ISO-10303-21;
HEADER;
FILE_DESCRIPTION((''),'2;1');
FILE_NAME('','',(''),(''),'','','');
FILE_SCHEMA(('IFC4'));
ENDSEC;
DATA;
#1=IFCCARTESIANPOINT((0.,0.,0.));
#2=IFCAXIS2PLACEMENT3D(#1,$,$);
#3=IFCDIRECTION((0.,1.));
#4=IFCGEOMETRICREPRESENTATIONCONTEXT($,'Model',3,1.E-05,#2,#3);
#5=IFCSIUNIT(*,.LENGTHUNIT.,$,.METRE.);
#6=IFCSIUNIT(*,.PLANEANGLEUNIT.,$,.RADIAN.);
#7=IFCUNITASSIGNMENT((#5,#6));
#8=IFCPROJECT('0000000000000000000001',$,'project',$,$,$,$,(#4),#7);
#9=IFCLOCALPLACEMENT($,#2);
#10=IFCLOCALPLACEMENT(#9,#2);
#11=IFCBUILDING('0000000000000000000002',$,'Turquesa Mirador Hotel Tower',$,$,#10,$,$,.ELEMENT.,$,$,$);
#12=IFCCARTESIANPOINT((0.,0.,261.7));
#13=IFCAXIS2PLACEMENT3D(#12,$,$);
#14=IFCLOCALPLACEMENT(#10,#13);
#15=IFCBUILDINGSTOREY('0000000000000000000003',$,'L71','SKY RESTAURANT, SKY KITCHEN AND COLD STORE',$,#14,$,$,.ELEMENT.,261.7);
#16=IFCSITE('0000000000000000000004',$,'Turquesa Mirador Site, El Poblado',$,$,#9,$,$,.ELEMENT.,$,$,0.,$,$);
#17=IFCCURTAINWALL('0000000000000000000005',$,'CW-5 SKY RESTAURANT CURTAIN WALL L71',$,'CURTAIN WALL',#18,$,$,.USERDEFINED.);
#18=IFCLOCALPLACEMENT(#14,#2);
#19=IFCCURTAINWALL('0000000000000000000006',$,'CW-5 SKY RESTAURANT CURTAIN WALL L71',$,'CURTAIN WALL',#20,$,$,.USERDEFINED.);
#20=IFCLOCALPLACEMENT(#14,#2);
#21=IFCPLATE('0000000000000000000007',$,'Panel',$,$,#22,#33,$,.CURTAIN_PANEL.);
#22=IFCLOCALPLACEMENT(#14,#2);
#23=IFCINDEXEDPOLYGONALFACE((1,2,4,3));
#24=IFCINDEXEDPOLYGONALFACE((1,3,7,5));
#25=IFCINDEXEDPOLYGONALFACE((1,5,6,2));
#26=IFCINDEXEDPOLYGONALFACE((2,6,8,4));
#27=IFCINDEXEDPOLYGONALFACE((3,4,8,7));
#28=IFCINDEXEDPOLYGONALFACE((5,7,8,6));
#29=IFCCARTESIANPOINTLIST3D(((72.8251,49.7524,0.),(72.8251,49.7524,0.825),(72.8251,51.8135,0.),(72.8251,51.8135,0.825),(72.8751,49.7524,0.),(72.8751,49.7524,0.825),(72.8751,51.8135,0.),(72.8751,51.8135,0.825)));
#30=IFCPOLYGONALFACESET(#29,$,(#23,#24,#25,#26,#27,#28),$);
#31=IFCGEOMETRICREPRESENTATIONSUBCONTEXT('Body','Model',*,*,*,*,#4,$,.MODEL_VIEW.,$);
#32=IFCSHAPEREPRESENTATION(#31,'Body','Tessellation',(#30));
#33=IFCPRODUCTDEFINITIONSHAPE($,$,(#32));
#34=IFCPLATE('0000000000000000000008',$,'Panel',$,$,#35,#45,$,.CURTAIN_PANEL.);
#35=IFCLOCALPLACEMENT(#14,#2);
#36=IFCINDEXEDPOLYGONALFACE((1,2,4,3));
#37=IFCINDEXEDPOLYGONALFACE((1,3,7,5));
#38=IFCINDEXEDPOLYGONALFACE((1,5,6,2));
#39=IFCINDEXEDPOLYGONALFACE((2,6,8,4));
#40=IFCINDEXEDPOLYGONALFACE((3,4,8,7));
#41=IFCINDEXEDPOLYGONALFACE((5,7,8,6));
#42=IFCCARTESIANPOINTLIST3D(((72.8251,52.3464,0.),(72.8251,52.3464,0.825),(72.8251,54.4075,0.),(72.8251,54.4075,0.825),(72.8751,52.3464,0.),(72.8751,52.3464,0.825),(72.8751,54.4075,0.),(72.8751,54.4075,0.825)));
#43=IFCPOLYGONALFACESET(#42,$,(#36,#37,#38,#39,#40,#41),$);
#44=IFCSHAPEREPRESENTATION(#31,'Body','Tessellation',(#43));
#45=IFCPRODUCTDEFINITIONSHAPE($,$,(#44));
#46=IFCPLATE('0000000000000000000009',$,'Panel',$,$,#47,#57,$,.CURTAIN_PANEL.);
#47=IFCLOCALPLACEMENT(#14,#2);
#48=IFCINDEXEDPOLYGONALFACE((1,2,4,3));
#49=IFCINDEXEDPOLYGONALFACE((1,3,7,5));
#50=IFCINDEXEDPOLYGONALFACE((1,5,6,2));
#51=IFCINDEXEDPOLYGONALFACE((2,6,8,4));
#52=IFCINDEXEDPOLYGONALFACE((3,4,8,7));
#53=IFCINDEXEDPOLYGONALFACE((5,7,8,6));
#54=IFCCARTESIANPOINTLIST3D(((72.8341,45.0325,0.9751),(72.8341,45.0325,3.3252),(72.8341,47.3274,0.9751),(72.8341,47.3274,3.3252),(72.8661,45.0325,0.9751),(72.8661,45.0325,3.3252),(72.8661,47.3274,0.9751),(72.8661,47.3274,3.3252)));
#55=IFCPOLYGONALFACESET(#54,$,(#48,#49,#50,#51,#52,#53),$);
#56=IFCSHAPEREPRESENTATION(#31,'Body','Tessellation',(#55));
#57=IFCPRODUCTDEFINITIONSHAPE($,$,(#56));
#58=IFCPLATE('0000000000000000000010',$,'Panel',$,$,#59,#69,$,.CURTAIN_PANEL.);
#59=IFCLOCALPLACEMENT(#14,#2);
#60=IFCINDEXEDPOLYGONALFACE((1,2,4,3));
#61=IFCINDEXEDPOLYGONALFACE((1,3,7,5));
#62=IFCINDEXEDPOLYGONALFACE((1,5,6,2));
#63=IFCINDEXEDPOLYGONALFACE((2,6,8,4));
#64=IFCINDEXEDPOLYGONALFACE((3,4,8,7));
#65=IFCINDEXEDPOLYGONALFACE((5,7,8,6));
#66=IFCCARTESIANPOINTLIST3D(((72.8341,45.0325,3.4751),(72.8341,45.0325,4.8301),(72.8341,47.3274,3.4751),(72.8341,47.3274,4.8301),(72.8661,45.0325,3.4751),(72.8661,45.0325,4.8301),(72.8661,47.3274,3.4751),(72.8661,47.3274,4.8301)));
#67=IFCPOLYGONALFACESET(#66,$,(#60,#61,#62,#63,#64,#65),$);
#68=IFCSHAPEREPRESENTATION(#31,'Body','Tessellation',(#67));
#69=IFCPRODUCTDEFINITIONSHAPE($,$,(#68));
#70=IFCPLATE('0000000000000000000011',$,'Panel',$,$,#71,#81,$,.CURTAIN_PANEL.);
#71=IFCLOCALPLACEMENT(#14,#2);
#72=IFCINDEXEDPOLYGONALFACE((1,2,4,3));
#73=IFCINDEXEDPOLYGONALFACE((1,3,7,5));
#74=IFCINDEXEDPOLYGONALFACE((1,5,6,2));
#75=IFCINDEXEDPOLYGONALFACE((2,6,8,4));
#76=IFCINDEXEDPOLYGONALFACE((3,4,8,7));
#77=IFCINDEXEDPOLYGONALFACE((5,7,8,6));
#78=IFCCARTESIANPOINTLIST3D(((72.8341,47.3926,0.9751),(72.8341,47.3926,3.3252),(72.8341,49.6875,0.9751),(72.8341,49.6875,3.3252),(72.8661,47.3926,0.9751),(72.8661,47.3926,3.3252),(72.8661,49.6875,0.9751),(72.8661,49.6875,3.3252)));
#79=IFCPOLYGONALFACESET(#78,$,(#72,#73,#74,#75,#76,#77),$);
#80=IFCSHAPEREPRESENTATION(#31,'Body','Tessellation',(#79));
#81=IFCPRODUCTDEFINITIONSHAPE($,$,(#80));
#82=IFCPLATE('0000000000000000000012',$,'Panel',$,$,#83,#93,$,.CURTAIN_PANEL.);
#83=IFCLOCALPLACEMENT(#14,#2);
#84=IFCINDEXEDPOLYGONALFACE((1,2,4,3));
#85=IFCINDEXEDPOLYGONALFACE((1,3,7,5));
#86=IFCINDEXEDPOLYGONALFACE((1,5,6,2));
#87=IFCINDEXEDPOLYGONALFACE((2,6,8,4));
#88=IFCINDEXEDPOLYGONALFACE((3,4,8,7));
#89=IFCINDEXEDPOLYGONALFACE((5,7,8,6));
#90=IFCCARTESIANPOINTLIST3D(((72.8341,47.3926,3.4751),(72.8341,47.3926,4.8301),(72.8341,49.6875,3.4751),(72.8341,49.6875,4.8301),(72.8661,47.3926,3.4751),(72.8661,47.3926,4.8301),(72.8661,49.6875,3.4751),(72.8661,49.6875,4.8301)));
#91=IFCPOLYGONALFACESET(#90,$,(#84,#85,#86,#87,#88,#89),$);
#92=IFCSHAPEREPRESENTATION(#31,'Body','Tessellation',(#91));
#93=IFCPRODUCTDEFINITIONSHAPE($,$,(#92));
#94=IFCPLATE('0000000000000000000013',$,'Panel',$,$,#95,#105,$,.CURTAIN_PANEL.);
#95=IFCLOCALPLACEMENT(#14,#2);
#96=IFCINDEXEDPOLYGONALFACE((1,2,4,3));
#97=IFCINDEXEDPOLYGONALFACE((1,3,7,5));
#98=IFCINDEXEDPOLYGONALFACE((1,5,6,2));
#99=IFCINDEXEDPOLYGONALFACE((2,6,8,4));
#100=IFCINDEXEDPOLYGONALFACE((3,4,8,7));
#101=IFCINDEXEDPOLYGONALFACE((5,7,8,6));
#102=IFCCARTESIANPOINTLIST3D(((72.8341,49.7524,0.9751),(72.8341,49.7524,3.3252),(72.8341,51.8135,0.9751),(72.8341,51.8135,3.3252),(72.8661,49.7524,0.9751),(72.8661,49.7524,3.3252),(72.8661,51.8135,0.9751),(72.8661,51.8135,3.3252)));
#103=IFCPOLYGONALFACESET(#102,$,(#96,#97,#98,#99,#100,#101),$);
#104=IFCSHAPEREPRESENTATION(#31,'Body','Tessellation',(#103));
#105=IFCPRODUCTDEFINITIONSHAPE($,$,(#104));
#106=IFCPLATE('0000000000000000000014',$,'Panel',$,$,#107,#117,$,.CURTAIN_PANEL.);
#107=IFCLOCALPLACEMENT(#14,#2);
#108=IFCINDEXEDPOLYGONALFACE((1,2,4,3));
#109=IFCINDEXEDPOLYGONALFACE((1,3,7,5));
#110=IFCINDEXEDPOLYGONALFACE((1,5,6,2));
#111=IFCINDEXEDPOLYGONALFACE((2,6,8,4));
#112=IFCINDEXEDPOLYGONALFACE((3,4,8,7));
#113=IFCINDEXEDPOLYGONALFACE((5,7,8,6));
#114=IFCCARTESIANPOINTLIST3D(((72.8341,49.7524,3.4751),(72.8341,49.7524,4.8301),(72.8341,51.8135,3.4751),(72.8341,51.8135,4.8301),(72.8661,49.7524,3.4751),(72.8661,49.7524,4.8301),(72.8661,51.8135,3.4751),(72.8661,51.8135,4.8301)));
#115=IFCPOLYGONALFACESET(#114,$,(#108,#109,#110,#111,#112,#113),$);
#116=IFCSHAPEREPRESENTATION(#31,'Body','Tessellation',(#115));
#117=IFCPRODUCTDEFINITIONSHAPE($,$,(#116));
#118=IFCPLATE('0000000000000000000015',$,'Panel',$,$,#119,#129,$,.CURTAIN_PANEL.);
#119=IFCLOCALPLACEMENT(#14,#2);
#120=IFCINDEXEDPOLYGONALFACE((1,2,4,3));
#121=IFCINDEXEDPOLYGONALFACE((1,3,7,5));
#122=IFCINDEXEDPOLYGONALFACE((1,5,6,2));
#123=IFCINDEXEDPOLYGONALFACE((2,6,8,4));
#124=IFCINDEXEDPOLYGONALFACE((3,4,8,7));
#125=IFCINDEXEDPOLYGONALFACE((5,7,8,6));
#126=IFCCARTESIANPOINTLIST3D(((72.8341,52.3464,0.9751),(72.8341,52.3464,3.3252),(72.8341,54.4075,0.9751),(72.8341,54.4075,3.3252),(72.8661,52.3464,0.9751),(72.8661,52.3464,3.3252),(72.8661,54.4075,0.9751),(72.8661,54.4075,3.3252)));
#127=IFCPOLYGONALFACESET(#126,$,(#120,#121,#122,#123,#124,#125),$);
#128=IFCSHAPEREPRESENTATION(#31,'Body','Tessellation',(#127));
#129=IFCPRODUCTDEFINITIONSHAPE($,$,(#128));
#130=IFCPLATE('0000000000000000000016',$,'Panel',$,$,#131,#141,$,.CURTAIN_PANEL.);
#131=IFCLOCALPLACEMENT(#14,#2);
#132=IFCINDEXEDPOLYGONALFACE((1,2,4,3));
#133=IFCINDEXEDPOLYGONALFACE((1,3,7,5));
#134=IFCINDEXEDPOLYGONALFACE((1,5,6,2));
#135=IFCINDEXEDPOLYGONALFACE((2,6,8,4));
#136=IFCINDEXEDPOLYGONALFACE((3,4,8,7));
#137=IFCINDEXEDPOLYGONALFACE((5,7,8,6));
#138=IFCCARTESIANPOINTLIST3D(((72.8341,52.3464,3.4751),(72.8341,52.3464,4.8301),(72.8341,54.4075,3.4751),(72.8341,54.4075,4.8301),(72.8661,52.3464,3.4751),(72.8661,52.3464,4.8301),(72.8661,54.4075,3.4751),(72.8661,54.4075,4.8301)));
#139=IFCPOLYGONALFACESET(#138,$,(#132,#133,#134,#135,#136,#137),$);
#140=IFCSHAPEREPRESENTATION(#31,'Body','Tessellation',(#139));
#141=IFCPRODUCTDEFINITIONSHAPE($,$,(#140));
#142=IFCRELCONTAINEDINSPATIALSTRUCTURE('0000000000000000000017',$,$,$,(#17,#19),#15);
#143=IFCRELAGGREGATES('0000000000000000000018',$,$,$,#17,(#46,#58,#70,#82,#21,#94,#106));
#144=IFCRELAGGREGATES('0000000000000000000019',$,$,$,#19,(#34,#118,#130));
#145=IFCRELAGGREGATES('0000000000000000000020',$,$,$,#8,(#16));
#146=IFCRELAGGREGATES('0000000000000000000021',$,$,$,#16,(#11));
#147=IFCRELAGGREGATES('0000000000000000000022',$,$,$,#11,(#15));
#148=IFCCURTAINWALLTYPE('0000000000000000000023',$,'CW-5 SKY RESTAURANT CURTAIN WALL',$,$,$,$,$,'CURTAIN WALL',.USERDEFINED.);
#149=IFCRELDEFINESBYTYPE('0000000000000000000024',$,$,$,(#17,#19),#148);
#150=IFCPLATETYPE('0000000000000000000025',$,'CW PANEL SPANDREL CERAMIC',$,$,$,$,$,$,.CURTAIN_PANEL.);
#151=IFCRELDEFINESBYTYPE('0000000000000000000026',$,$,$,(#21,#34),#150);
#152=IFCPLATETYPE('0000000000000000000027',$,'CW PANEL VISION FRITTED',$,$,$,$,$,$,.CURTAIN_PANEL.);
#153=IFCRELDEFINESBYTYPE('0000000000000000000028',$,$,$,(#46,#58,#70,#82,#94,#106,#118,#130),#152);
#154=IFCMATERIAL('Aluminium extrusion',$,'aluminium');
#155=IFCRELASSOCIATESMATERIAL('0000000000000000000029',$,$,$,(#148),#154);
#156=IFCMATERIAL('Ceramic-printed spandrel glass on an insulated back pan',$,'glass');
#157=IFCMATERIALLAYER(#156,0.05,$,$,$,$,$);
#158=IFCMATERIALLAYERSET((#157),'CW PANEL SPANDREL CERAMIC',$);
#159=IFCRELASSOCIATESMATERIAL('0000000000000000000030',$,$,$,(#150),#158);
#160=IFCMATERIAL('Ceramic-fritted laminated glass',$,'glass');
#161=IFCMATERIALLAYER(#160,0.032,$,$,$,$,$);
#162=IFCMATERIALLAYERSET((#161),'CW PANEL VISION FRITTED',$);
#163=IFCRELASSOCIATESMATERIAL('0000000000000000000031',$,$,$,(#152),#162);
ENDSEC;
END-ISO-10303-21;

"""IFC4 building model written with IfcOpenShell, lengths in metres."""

from ifc_helpers import new_model, si_unit, direction, frame, origin, origin_2d, place, context, subcontext, project, spatial, rectangle, extrude, material, layer, layer_set, type_object, element, aggregate, save


model = new_model("IFC4")

# Units and contexts
model_context = context("Model", 3, precision=1e-05, world=origin(), true_north=direction((0.0, 1.0)))
body_context = subcontext(model_context, "Body", "Model", "MODEL_VIEW")
ifc_project = project(units=[si_unit("LENGTHUNIT", "METRE"), si_unit("PLANEANGLEUNIT", "RADIAN")], contexts=[model_context])

# Site, building, storey
site_placement = place(None, origin())
site = spatial("IfcSite", under=ifc_project, at=site_placement, Name="Turquesa Mirador Site, El Poblado", CompositionType="ELEMENT", RefElevation=0.0)
building_placement = place(site_placement, origin())
building = spatial("IfcBuilding", under=site, at=building_placement, Name="Turquesa Mirador Hotel Tower", CompositionType="ELEMENT")
storey_placement = place(building_placement, frame((0.0, 0.0, 261.7)))
storey = spatial("IfcBuildingStorey", under=building, at=storey_placement, Name="L71", Description="SKY RESTAURANT, SKY KITCHEN AND COLD STORE", CompositionType="ELEMENT", Elevation=261.7)

# Curtain walls
ifc_material_1 = material(Name="Aluminium extrusion", Category="aluminium")
curtain_wall_type = type_object("IfcCurtainWallType", Name="CW-5 SKY RESTAURANT CURTAIN WALL", ElementType="CURTAIN WALL", PredefinedType="USERDEFINED", material=ifc_material_1)
curtain_wall_1_placement = place(storey_placement, origin())
curtain_wall_1 = element("IfcCurtainWall", 1, at=curtain_wall_1_placement, inside=storey, type_object=curtain_wall_type, Name="CW-5 SKY RESTAURANT CURTAIN WALL L71", ObjectType="CURTAIN WALL", PredefinedType="USERDEFINED")
curtain_wall_2_placement = place(storey_placement, origin())
curtain_wall_2 = element("IfcCurtainWall", 2, at=curtain_wall_2_placement, inside=storey, type_object=curtain_wall_type, Name="CW-5 SKY RESTAURANT CURTAIN WALL L71", ObjectType="CURTAIN WALL", PredefinedType="USERDEFINED")

# Plates
ifc_material_2 = material(Name="Ceramic-printed spandrel glass on an insulated back pan", Category="glass")
ifc_layer_1 = layer(ifc_material_2, 0.05)
ifc_layer_set_1 = layer_set([ifc_layer_1], Name="CW PANEL SPANDREL CERAMIC")
plate_type_1 = type_object("IfcPlateType", Name="CW PANEL SPANDREL CERAMIC", PredefinedType="CURTAIN_PANEL", material=ifc_layer_set_1)
plate_1_placement = place(storey_placement, frame((72.8501, 50.783, 0.0), z_axis=(0.0, 0.0, 1.0), x_axis=(0.0, 1.0, 0.0)))
plate_1 = element("IfcPlate", 3, at=plate_1_placement, type_object=plate_type_1, Name="Panel", PredefinedType="CURTAIN_PANEL", context=body_context, shape_type="SweptSolid", body=[
    extrude(rectangle(XDim=2.061, YDim=0.05, at=origin_2d()), origin(), (0.0, 0.0, 1.0), 0.825),
])
plate_2_placement = place(storey_placement, frame((72.8501, 53.377, 0.0), z_axis=(0.0, 0.0, 1.0), x_axis=(0.0, 1.0, 0.0)))
plate_2 = element("IfcPlate", 4, at=plate_2_placement, type_object=plate_type_1, Name="Panel", PredefinedType="CURTAIN_PANEL", context=body_context, shape_type="SweptSolid", body=[
    extrude(rectangle(XDim=2.061, YDim=0.05, at=origin_2d()), origin(), (0.0, 0.0, 1.0), 0.825),
])
ifc_material_3 = material(Name="Ceramic-fritted laminated glass", Category="glass")
ifc_layer_2 = layer(ifc_material_3, 0.032)
ifc_layer_set_2 = layer_set([ifc_layer_2], Name="CW PANEL VISION FRITTED")
plate_type_2 = type_object("IfcPlateType", Name="CW PANEL VISION FRITTED", PredefinedType="CURTAIN_PANEL", material=ifc_layer_set_2)
plate_3_placement = place(storey_placement, frame((72.8501, 46.1799, 0.9751), z_axis=(0.0, 0.0, 1.0), x_axis=(0.0, 1.0, 0.0)))
plate_3 = element("IfcPlate", 5, at=plate_3_placement, type_object=plate_type_2, Name="Panel", PredefinedType="CURTAIN_PANEL", context=body_context, shape_type="SweptSolid", body=[
    extrude(rectangle(XDim=2.2949, YDim=0.032, at=origin_2d()), origin(), (0.0, 0.0, 1.0), 2.3501),
])
plate_4_placement = place(storey_placement, frame((72.8501, 46.1799, 3.4751), z_axis=(0.0, 0.0, 1.0), x_axis=(0.0, 1.0, 0.0)))
plate_4 = element("IfcPlate", 6, at=plate_4_placement, type_object=plate_type_2, Name="Panel", PredefinedType="CURTAIN_PANEL", context=body_context, shape_type="SweptSolid", body=[
    extrude(rectangle(XDim=2.2949, YDim=0.032, at=origin_2d()), origin(), (0.0, 0.0, 1.0), 1.355),
])
plate_5_placement = place(storey_placement, frame((72.8501, 48.54, 0.9751), z_axis=(0.0, 0.0, 1.0), x_axis=(0.0, 1.0, 0.0)))
plate_5 = element("IfcPlate", 7, at=plate_5_placement, type_object=plate_type_2, Name="Panel", PredefinedType="CURTAIN_PANEL", context=body_context, shape_type="SweptSolid", body=[
    extrude(rectangle(XDim=2.2949, YDim=0.032, at=origin_2d()), origin(), (0.0, 0.0, 1.0), 2.3501),
])
plate_6_placement = place(storey_placement, frame((72.8501, 48.54, 3.4751), z_axis=(0.0, 0.0, 1.0), x_axis=(0.0, 1.0, 0.0)))
plate_6 = element("IfcPlate", 8, at=plate_6_placement, type_object=plate_type_2, Name="Panel", PredefinedType="CURTAIN_PANEL", context=body_context, shape_type="SweptSolid", body=[
    extrude(rectangle(XDim=2.2949, YDim=0.032, at=origin_2d()), origin(), (0.0, 0.0, 1.0), 1.355),
])
plate_7_placement = place(storey_placement, frame((72.8501, 50.783, 0.9751), z_axis=(0.0, 0.0, 1.0), x_axis=(0.0, 1.0, 0.0)))
plate_7 = element("IfcPlate", 9, at=plate_7_placement, type_object=plate_type_2, Name="Panel", PredefinedType="CURTAIN_PANEL", context=body_context, shape_type="SweptSolid", body=[
    extrude(rectangle(XDim=2.061, YDim=0.032, at=origin_2d()), origin(), (0.0, 0.0, 1.0), 2.3501),
])
plate_8_placement = place(storey_placement, frame((72.8501, 50.783, 3.4751), z_axis=(0.0, 0.0, 1.0), x_axis=(0.0, 1.0, 0.0)))
plate_8 = element("IfcPlate", 10, at=plate_8_placement, type_object=plate_type_2, Name="Panel", PredefinedType="CURTAIN_PANEL", context=body_context, shape_type="SweptSolid", body=[
    extrude(rectangle(XDim=2.061, YDim=0.032, at=origin_2d()), origin(), (0.0, 0.0, 1.0), 1.355),
])
aggregate(curtain_wall_1, [plate_3, plate_4, plate_5, plate_6, plate_1, plate_7, plate_8])
plate_9_placement = place(storey_placement, frame((72.8501, 53.377, 0.9751), z_axis=(0.0, 0.0, 1.0), x_axis=(0.0, 1.0, 0.0)))
plate_9 = element("IfcPlate", 11, at=plate_9_placement, type_object=plate_type_2, Name="Panel", PredefinedType="CURTAIN_PANEL", context=body_context, shape_type="SweptSolid", body=[
    extrude(rectangle(XDim=2.061, YDim=0.032, at=origin_2d()), origin(), (0.0, 0.0, 1.0), 2.3501),
])
plate_10_placement = place(storey_placement, frame((72.8501, 53.377, 3.4751), z_axis=(0.0, 0.0, 1.0), x_axis=(0.0, 1.0, 0.0)))
plate_10 = element("IfcPlate", 12, at=plate_10_placement, type_object=plate_type_2, Name="Panel", PredefinedType="CURTAIN_PANEL", context=body_context, shape_type="SweptSolid", body=[
    extrude(rectangle(XDim=2.061, YDim=0.032, at=origin_2d()), origin(), (0.0, 0.0, 1.0), 1.355),
])
aggregate(curtain_wall_2, [plate_2, plate_9, plate_10])

save(model, "model.ifc")
